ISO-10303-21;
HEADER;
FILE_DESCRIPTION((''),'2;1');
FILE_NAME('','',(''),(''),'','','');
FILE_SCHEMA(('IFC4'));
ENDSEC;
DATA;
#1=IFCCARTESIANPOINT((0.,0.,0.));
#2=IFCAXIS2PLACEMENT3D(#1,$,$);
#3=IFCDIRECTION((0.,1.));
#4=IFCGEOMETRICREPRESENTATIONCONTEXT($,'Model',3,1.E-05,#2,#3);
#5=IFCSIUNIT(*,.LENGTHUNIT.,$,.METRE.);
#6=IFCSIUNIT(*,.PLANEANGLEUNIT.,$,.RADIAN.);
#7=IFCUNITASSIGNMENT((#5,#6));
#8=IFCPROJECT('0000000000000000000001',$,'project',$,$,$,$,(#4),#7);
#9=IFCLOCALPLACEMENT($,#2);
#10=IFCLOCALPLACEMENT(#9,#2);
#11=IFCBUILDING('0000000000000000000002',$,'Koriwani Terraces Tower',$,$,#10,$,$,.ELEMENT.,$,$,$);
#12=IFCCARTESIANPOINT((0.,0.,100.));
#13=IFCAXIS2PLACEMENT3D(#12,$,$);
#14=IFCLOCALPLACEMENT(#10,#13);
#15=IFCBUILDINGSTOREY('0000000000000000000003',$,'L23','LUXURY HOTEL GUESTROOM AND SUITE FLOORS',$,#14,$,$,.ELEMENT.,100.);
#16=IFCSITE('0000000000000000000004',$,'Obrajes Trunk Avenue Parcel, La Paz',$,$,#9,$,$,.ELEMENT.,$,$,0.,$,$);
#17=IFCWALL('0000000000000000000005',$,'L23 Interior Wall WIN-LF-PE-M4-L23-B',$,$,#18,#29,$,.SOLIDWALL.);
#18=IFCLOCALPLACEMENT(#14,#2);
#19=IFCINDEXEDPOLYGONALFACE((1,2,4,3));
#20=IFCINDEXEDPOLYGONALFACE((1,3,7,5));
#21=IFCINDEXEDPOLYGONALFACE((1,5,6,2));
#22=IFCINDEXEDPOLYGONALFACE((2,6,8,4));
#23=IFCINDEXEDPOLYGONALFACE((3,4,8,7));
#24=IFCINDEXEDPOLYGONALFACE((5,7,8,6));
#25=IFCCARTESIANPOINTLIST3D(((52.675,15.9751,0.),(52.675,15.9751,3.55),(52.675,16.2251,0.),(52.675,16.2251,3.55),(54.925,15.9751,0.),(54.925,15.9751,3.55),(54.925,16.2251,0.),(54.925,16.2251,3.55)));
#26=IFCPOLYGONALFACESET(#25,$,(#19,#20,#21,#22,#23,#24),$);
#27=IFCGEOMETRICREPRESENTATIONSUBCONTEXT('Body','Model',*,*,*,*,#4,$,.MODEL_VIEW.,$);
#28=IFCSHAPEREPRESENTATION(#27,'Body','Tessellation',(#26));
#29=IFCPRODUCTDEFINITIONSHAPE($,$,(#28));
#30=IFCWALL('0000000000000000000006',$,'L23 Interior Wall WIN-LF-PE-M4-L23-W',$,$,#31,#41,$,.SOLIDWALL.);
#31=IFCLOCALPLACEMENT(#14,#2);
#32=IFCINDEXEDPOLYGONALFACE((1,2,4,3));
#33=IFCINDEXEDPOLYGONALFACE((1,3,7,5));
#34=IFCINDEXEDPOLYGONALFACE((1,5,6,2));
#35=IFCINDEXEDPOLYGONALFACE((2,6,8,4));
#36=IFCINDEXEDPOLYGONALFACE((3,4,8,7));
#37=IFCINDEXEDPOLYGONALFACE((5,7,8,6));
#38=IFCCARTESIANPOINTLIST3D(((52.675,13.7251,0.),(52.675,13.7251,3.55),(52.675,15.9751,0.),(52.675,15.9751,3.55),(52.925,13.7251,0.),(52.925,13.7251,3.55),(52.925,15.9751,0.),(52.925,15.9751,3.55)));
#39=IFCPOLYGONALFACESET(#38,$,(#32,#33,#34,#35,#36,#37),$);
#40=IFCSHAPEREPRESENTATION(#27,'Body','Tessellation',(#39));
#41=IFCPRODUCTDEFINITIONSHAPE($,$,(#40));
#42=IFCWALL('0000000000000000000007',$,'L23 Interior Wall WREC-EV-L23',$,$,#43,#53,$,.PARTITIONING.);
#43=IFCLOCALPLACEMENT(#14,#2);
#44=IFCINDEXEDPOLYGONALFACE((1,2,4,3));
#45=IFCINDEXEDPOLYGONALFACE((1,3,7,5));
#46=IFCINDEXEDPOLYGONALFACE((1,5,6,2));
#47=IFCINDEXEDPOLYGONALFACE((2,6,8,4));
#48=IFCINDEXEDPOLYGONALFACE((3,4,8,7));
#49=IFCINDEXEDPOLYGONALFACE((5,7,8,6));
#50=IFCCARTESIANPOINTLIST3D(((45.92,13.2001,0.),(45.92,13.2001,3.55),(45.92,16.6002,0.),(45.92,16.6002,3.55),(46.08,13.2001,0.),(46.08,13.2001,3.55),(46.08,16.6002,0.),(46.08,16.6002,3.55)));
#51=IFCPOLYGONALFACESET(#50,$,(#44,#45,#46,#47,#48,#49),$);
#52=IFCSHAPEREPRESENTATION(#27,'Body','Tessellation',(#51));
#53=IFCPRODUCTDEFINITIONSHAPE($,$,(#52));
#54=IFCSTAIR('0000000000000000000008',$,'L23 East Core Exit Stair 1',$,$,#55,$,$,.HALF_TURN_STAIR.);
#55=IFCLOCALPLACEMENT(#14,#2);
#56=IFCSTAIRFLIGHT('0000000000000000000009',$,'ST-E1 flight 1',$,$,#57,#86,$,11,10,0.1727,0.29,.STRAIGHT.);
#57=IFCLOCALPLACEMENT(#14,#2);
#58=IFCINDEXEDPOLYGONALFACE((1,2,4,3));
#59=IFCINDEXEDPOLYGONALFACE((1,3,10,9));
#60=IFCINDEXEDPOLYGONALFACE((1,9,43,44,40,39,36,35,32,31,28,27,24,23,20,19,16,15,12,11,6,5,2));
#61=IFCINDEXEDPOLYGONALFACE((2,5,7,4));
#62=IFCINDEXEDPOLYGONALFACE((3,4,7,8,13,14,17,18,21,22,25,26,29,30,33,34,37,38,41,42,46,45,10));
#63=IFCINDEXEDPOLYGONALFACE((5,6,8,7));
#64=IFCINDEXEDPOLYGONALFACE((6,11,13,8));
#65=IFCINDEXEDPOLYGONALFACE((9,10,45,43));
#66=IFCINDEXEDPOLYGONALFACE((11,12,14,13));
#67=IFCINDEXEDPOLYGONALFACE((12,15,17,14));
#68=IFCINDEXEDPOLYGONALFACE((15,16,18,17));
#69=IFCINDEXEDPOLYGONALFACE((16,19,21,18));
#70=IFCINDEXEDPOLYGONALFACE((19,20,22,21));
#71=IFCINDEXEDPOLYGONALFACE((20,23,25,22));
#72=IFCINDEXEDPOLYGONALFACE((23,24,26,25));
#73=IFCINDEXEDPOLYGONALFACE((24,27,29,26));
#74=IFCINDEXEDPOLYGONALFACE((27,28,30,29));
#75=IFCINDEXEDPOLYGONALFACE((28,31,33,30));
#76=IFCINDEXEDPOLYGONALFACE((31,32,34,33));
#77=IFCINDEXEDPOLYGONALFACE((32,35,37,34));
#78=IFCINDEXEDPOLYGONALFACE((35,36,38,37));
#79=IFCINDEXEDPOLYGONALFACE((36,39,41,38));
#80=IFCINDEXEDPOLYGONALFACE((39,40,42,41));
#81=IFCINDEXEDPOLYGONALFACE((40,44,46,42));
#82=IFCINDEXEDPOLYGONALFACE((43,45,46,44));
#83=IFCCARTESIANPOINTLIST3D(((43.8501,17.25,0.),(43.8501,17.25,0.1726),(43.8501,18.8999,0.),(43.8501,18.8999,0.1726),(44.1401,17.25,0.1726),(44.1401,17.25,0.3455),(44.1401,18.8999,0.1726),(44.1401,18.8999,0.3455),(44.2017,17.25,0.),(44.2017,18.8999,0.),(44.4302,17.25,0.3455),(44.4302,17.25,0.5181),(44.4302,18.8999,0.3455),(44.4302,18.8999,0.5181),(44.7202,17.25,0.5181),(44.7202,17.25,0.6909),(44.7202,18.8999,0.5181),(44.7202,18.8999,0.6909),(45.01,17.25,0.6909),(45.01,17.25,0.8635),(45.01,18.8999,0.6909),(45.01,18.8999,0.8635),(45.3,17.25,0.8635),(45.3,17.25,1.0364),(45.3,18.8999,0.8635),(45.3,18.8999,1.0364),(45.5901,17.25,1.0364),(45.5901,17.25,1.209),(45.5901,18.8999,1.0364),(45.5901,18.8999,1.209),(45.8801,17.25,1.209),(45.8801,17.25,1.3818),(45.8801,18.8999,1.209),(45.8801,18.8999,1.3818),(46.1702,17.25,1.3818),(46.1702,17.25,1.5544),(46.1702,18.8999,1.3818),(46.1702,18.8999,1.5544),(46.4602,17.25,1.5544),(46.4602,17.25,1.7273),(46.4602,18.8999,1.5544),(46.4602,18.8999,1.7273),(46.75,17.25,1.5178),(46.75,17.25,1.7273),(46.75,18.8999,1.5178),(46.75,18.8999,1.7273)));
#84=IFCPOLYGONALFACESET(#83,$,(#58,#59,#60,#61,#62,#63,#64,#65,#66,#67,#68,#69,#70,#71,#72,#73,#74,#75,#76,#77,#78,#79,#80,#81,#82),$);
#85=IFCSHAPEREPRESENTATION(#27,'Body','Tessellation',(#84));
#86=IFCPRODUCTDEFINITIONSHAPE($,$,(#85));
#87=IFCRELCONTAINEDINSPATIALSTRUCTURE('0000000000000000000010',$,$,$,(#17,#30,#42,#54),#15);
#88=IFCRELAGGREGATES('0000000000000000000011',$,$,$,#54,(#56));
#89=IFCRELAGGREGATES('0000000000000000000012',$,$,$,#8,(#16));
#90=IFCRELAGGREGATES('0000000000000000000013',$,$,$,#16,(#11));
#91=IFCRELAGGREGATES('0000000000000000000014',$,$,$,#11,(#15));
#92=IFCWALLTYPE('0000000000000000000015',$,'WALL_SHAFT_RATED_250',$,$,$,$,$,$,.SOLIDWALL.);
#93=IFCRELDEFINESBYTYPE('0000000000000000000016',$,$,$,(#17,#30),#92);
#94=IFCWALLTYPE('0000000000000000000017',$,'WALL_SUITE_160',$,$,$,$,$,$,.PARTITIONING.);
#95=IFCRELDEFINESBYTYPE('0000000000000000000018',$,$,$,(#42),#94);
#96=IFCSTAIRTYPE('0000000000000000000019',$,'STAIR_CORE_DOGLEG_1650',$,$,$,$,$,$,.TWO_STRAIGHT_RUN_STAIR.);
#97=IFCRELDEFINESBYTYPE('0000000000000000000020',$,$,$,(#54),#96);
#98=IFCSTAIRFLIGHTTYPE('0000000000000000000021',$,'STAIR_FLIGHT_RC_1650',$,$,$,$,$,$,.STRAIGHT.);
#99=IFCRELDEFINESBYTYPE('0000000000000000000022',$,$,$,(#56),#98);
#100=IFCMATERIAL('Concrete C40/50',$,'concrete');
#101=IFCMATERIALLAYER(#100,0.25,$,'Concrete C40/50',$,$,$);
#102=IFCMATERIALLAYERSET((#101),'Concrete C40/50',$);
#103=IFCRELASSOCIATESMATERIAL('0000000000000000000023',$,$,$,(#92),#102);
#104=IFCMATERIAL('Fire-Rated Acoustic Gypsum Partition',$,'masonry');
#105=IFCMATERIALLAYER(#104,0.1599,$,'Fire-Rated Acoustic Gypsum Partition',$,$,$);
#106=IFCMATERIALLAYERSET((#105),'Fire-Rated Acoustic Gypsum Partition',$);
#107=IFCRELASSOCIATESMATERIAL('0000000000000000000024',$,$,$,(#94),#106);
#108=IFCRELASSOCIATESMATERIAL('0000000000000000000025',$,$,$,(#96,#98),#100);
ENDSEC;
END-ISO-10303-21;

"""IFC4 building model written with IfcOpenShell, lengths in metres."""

from ifc_helpers import new_model, si_unit, direction, frame, frame_2d, origin, place, context, subcontext, project, spatial, polyline, rectangle, outline, extrude, material, layer, layer_set, type_object, element, aggregate, save


model = new_model("IFC4")

# Units and contexts
model_context = context("Model", 3, precision=1e-05, world=origin(), true_north=direction((0.0, 1.0)))
body_context = subcontext(model_context, "Body", "Model", "MODEL_VIEW")
ifc_project = project(units=[si_unit("LENGTHUNIT", "METRE"), si_unit("PLANEANGLEUNIT", "RADIAN")], contexts=[model_context])

# Site, building, storey
site_placement = place(None, origin())
site = spatial("IfcSite", under=ifc_project, at=site_placement, Name="Obrajes Trunk Avenue Parcel, La Paz", CompositionType="ELEMENT", RefElevation=0.0)
building_placement = place(site_placement, origin())
building = spatial("IfcBuilding", under=site, at=building_placement, Name="Koriwani Terraces Tower", CompositionType="ELEMENT")
storey_placement = place(building_placement, frame((0.0, 0.0, 100.0)))
storey = spatial("IfcBuildingStorey", under=building, at=storey_placement, Name="L23", Description="LUXURY HOTEL GUESTROOM AND SUITE FLOORS", CompositionType="ELEMENT", Elevation=100.0)

# Shared definitions
ifc_material_1 = material(Name="Concrete C40/50", Category="concrete")

# Shared definitions
ifc_layer_1 = layer(ifc_material_1, 0.25, Name="Concrete C40/50")
ifc_layer_set_1 = layer_set([ifc_layer_1], Name="Concrete C40/50")
wall_type_1 = type_object("IfcWallType", Name="WALL_SHAFT_RATED_250", PredefinedType="SOLIDWALL", material=ifc_layer_set_1)

# Walls
for number, where, z_axis, x_axis, name in (
    (1, (52.675, 16.1001, 0.0), (0.0, 0.0, 1.0), (1.0, 0.0, 0.0), "L23 Interior Wall WIN-LF-PE-M4-L23-B"),
    (2, (52.8, 13.7251, 0.0), (0.0, 0.0, 1.0), (0.0, 1.0, 0.0), "L23 Interior Wall WIN-LF-PE-M4-L23-W"),
):
    element("IfcWall", number, at=place(storey_placement, frame(where, z_axis=z_axis, x_axis=x_axis)), inside=storey, type_object=wall_type_1, Name=name, PredefinedType="SOLIDWALL", context=body_context, shape_type="SweptSolid", body=[
        extrude(rectangle(XDim=2.25, YDim=0.25, at=frame_2d((1.125, 0.0))), origin(), (0.0, 0.0, 1.0), 3.55),
    ])
ifc_material_2 = material(Name="Fire-Rated Acoustic Gypsum Partition", Category="masonry")
ifc_layer_2 = layer(ifc_material_2, 0.1599, Name="Fire-Rated Acoustic Gypsum Partition")
ifc_layer_set_2 = layer_set([ifc_layer_2], Name="Fire-Rated Acoustic Gypsum Partition")
wall_type_2 = type_object("IfcWallType", Name="WALL_SUITE_160", PredefinedType="PARTITIONING", material=ifc_layer_set_2)
wall_1_placement = place(storey_placement, frame((46.0, 13.2, 0.0), z_axis=(0.0, 0.0, 1.0), x_axis=(0.0, 1.0, 0.0)))
element("IfcWall", 3, at=wall_1_placement, inside=storey, type_object=wall_type_2, Name="L23 Interior Wall WREC-EV-L23", PredefinedType="PARTITIONING", context=body_context, shape_type="SweptSolid", body=[
    extrude(rectangle(XDim=3.4001, YDim=0.1599, at=frame_2d((1.7002, 0.0))), origin(), (0.0, 0.0, 1.0), 3.55),
])

# Stair, stair flight
stair_type = type_object("IfcStairType", Name="STAIR_CORE_DOGLEG_1650", PredefinedType="TWO_STRAIGHT_RUN_STAIR", material=ifc_material_1)
stair_placement = place(storey_placement, origin())
stair = element("IfcStair", 4, at=stair_placement, inside=storey, type_object=stair_type, Name="L23 East Core Exit Stair 1", PredefinedType="HALF_TURN_STAIR")
stair_flight_type = type_object("IfcStairFlightType", Name="STAIR_FLIGHT_RC_1650", PredefinedType="STRAIGHT", material=ifc_material_1)
stair_flight_placement = place(storey_placement, frame((43.8501, 18.075, 0.0), z_axis=(0.0, 0.0, 1.0), x_axis=(1.0, 0.0, 0.0)))
stair_flight = element("IfcStairFlight", 5, at=stair_flight_placement, type_object=stair_flight_type, Name="ST-E1 flight 1", NumberOfRisers=11, NumberOfTreads=10, PredefinedType="STRAIGHT", RiserHeight=0.1727, TreadLength=0.29, context=body_context, shape_type="SweptSolid", body=[
    extrude(outline(polyline([(0.0, 0.0), (0.0, 0.1726), (0.29, 0.1726), (0.29, 0.3455), (0.5801, 0.3455), (0.5801, 0.5181), (0.8701, 0.5181), (0.8701, 0.6909), (1.1599, 0.6909), (1.1599, 0.8635), (1.45, 0.8635), (1.45, 1.0364), (1.74, 1.0364), (1.74, 1.209), (2.03, 1.209), (2.03, 1.3818), (2.3201, 1.3818), (2.3201, 1.5544), (2.6101, 1.5544), (2.6101, 1.7273), (2.8999, 1.7273), (2.8999, 1.8999), (2.8999, 1.5178), (0.3516, 0.0), (0.0, 0.0)])), frame((0.0, 0.825, 0.0), z_axis=(0.0, -1.0, 0.0), x_axis=(1.0, 0.0, 0.0)), (0.0, 0.0, 1.0), 1.6499),
])
aggregate(stair, [stair_flight])

save(model, "model.ifc")
